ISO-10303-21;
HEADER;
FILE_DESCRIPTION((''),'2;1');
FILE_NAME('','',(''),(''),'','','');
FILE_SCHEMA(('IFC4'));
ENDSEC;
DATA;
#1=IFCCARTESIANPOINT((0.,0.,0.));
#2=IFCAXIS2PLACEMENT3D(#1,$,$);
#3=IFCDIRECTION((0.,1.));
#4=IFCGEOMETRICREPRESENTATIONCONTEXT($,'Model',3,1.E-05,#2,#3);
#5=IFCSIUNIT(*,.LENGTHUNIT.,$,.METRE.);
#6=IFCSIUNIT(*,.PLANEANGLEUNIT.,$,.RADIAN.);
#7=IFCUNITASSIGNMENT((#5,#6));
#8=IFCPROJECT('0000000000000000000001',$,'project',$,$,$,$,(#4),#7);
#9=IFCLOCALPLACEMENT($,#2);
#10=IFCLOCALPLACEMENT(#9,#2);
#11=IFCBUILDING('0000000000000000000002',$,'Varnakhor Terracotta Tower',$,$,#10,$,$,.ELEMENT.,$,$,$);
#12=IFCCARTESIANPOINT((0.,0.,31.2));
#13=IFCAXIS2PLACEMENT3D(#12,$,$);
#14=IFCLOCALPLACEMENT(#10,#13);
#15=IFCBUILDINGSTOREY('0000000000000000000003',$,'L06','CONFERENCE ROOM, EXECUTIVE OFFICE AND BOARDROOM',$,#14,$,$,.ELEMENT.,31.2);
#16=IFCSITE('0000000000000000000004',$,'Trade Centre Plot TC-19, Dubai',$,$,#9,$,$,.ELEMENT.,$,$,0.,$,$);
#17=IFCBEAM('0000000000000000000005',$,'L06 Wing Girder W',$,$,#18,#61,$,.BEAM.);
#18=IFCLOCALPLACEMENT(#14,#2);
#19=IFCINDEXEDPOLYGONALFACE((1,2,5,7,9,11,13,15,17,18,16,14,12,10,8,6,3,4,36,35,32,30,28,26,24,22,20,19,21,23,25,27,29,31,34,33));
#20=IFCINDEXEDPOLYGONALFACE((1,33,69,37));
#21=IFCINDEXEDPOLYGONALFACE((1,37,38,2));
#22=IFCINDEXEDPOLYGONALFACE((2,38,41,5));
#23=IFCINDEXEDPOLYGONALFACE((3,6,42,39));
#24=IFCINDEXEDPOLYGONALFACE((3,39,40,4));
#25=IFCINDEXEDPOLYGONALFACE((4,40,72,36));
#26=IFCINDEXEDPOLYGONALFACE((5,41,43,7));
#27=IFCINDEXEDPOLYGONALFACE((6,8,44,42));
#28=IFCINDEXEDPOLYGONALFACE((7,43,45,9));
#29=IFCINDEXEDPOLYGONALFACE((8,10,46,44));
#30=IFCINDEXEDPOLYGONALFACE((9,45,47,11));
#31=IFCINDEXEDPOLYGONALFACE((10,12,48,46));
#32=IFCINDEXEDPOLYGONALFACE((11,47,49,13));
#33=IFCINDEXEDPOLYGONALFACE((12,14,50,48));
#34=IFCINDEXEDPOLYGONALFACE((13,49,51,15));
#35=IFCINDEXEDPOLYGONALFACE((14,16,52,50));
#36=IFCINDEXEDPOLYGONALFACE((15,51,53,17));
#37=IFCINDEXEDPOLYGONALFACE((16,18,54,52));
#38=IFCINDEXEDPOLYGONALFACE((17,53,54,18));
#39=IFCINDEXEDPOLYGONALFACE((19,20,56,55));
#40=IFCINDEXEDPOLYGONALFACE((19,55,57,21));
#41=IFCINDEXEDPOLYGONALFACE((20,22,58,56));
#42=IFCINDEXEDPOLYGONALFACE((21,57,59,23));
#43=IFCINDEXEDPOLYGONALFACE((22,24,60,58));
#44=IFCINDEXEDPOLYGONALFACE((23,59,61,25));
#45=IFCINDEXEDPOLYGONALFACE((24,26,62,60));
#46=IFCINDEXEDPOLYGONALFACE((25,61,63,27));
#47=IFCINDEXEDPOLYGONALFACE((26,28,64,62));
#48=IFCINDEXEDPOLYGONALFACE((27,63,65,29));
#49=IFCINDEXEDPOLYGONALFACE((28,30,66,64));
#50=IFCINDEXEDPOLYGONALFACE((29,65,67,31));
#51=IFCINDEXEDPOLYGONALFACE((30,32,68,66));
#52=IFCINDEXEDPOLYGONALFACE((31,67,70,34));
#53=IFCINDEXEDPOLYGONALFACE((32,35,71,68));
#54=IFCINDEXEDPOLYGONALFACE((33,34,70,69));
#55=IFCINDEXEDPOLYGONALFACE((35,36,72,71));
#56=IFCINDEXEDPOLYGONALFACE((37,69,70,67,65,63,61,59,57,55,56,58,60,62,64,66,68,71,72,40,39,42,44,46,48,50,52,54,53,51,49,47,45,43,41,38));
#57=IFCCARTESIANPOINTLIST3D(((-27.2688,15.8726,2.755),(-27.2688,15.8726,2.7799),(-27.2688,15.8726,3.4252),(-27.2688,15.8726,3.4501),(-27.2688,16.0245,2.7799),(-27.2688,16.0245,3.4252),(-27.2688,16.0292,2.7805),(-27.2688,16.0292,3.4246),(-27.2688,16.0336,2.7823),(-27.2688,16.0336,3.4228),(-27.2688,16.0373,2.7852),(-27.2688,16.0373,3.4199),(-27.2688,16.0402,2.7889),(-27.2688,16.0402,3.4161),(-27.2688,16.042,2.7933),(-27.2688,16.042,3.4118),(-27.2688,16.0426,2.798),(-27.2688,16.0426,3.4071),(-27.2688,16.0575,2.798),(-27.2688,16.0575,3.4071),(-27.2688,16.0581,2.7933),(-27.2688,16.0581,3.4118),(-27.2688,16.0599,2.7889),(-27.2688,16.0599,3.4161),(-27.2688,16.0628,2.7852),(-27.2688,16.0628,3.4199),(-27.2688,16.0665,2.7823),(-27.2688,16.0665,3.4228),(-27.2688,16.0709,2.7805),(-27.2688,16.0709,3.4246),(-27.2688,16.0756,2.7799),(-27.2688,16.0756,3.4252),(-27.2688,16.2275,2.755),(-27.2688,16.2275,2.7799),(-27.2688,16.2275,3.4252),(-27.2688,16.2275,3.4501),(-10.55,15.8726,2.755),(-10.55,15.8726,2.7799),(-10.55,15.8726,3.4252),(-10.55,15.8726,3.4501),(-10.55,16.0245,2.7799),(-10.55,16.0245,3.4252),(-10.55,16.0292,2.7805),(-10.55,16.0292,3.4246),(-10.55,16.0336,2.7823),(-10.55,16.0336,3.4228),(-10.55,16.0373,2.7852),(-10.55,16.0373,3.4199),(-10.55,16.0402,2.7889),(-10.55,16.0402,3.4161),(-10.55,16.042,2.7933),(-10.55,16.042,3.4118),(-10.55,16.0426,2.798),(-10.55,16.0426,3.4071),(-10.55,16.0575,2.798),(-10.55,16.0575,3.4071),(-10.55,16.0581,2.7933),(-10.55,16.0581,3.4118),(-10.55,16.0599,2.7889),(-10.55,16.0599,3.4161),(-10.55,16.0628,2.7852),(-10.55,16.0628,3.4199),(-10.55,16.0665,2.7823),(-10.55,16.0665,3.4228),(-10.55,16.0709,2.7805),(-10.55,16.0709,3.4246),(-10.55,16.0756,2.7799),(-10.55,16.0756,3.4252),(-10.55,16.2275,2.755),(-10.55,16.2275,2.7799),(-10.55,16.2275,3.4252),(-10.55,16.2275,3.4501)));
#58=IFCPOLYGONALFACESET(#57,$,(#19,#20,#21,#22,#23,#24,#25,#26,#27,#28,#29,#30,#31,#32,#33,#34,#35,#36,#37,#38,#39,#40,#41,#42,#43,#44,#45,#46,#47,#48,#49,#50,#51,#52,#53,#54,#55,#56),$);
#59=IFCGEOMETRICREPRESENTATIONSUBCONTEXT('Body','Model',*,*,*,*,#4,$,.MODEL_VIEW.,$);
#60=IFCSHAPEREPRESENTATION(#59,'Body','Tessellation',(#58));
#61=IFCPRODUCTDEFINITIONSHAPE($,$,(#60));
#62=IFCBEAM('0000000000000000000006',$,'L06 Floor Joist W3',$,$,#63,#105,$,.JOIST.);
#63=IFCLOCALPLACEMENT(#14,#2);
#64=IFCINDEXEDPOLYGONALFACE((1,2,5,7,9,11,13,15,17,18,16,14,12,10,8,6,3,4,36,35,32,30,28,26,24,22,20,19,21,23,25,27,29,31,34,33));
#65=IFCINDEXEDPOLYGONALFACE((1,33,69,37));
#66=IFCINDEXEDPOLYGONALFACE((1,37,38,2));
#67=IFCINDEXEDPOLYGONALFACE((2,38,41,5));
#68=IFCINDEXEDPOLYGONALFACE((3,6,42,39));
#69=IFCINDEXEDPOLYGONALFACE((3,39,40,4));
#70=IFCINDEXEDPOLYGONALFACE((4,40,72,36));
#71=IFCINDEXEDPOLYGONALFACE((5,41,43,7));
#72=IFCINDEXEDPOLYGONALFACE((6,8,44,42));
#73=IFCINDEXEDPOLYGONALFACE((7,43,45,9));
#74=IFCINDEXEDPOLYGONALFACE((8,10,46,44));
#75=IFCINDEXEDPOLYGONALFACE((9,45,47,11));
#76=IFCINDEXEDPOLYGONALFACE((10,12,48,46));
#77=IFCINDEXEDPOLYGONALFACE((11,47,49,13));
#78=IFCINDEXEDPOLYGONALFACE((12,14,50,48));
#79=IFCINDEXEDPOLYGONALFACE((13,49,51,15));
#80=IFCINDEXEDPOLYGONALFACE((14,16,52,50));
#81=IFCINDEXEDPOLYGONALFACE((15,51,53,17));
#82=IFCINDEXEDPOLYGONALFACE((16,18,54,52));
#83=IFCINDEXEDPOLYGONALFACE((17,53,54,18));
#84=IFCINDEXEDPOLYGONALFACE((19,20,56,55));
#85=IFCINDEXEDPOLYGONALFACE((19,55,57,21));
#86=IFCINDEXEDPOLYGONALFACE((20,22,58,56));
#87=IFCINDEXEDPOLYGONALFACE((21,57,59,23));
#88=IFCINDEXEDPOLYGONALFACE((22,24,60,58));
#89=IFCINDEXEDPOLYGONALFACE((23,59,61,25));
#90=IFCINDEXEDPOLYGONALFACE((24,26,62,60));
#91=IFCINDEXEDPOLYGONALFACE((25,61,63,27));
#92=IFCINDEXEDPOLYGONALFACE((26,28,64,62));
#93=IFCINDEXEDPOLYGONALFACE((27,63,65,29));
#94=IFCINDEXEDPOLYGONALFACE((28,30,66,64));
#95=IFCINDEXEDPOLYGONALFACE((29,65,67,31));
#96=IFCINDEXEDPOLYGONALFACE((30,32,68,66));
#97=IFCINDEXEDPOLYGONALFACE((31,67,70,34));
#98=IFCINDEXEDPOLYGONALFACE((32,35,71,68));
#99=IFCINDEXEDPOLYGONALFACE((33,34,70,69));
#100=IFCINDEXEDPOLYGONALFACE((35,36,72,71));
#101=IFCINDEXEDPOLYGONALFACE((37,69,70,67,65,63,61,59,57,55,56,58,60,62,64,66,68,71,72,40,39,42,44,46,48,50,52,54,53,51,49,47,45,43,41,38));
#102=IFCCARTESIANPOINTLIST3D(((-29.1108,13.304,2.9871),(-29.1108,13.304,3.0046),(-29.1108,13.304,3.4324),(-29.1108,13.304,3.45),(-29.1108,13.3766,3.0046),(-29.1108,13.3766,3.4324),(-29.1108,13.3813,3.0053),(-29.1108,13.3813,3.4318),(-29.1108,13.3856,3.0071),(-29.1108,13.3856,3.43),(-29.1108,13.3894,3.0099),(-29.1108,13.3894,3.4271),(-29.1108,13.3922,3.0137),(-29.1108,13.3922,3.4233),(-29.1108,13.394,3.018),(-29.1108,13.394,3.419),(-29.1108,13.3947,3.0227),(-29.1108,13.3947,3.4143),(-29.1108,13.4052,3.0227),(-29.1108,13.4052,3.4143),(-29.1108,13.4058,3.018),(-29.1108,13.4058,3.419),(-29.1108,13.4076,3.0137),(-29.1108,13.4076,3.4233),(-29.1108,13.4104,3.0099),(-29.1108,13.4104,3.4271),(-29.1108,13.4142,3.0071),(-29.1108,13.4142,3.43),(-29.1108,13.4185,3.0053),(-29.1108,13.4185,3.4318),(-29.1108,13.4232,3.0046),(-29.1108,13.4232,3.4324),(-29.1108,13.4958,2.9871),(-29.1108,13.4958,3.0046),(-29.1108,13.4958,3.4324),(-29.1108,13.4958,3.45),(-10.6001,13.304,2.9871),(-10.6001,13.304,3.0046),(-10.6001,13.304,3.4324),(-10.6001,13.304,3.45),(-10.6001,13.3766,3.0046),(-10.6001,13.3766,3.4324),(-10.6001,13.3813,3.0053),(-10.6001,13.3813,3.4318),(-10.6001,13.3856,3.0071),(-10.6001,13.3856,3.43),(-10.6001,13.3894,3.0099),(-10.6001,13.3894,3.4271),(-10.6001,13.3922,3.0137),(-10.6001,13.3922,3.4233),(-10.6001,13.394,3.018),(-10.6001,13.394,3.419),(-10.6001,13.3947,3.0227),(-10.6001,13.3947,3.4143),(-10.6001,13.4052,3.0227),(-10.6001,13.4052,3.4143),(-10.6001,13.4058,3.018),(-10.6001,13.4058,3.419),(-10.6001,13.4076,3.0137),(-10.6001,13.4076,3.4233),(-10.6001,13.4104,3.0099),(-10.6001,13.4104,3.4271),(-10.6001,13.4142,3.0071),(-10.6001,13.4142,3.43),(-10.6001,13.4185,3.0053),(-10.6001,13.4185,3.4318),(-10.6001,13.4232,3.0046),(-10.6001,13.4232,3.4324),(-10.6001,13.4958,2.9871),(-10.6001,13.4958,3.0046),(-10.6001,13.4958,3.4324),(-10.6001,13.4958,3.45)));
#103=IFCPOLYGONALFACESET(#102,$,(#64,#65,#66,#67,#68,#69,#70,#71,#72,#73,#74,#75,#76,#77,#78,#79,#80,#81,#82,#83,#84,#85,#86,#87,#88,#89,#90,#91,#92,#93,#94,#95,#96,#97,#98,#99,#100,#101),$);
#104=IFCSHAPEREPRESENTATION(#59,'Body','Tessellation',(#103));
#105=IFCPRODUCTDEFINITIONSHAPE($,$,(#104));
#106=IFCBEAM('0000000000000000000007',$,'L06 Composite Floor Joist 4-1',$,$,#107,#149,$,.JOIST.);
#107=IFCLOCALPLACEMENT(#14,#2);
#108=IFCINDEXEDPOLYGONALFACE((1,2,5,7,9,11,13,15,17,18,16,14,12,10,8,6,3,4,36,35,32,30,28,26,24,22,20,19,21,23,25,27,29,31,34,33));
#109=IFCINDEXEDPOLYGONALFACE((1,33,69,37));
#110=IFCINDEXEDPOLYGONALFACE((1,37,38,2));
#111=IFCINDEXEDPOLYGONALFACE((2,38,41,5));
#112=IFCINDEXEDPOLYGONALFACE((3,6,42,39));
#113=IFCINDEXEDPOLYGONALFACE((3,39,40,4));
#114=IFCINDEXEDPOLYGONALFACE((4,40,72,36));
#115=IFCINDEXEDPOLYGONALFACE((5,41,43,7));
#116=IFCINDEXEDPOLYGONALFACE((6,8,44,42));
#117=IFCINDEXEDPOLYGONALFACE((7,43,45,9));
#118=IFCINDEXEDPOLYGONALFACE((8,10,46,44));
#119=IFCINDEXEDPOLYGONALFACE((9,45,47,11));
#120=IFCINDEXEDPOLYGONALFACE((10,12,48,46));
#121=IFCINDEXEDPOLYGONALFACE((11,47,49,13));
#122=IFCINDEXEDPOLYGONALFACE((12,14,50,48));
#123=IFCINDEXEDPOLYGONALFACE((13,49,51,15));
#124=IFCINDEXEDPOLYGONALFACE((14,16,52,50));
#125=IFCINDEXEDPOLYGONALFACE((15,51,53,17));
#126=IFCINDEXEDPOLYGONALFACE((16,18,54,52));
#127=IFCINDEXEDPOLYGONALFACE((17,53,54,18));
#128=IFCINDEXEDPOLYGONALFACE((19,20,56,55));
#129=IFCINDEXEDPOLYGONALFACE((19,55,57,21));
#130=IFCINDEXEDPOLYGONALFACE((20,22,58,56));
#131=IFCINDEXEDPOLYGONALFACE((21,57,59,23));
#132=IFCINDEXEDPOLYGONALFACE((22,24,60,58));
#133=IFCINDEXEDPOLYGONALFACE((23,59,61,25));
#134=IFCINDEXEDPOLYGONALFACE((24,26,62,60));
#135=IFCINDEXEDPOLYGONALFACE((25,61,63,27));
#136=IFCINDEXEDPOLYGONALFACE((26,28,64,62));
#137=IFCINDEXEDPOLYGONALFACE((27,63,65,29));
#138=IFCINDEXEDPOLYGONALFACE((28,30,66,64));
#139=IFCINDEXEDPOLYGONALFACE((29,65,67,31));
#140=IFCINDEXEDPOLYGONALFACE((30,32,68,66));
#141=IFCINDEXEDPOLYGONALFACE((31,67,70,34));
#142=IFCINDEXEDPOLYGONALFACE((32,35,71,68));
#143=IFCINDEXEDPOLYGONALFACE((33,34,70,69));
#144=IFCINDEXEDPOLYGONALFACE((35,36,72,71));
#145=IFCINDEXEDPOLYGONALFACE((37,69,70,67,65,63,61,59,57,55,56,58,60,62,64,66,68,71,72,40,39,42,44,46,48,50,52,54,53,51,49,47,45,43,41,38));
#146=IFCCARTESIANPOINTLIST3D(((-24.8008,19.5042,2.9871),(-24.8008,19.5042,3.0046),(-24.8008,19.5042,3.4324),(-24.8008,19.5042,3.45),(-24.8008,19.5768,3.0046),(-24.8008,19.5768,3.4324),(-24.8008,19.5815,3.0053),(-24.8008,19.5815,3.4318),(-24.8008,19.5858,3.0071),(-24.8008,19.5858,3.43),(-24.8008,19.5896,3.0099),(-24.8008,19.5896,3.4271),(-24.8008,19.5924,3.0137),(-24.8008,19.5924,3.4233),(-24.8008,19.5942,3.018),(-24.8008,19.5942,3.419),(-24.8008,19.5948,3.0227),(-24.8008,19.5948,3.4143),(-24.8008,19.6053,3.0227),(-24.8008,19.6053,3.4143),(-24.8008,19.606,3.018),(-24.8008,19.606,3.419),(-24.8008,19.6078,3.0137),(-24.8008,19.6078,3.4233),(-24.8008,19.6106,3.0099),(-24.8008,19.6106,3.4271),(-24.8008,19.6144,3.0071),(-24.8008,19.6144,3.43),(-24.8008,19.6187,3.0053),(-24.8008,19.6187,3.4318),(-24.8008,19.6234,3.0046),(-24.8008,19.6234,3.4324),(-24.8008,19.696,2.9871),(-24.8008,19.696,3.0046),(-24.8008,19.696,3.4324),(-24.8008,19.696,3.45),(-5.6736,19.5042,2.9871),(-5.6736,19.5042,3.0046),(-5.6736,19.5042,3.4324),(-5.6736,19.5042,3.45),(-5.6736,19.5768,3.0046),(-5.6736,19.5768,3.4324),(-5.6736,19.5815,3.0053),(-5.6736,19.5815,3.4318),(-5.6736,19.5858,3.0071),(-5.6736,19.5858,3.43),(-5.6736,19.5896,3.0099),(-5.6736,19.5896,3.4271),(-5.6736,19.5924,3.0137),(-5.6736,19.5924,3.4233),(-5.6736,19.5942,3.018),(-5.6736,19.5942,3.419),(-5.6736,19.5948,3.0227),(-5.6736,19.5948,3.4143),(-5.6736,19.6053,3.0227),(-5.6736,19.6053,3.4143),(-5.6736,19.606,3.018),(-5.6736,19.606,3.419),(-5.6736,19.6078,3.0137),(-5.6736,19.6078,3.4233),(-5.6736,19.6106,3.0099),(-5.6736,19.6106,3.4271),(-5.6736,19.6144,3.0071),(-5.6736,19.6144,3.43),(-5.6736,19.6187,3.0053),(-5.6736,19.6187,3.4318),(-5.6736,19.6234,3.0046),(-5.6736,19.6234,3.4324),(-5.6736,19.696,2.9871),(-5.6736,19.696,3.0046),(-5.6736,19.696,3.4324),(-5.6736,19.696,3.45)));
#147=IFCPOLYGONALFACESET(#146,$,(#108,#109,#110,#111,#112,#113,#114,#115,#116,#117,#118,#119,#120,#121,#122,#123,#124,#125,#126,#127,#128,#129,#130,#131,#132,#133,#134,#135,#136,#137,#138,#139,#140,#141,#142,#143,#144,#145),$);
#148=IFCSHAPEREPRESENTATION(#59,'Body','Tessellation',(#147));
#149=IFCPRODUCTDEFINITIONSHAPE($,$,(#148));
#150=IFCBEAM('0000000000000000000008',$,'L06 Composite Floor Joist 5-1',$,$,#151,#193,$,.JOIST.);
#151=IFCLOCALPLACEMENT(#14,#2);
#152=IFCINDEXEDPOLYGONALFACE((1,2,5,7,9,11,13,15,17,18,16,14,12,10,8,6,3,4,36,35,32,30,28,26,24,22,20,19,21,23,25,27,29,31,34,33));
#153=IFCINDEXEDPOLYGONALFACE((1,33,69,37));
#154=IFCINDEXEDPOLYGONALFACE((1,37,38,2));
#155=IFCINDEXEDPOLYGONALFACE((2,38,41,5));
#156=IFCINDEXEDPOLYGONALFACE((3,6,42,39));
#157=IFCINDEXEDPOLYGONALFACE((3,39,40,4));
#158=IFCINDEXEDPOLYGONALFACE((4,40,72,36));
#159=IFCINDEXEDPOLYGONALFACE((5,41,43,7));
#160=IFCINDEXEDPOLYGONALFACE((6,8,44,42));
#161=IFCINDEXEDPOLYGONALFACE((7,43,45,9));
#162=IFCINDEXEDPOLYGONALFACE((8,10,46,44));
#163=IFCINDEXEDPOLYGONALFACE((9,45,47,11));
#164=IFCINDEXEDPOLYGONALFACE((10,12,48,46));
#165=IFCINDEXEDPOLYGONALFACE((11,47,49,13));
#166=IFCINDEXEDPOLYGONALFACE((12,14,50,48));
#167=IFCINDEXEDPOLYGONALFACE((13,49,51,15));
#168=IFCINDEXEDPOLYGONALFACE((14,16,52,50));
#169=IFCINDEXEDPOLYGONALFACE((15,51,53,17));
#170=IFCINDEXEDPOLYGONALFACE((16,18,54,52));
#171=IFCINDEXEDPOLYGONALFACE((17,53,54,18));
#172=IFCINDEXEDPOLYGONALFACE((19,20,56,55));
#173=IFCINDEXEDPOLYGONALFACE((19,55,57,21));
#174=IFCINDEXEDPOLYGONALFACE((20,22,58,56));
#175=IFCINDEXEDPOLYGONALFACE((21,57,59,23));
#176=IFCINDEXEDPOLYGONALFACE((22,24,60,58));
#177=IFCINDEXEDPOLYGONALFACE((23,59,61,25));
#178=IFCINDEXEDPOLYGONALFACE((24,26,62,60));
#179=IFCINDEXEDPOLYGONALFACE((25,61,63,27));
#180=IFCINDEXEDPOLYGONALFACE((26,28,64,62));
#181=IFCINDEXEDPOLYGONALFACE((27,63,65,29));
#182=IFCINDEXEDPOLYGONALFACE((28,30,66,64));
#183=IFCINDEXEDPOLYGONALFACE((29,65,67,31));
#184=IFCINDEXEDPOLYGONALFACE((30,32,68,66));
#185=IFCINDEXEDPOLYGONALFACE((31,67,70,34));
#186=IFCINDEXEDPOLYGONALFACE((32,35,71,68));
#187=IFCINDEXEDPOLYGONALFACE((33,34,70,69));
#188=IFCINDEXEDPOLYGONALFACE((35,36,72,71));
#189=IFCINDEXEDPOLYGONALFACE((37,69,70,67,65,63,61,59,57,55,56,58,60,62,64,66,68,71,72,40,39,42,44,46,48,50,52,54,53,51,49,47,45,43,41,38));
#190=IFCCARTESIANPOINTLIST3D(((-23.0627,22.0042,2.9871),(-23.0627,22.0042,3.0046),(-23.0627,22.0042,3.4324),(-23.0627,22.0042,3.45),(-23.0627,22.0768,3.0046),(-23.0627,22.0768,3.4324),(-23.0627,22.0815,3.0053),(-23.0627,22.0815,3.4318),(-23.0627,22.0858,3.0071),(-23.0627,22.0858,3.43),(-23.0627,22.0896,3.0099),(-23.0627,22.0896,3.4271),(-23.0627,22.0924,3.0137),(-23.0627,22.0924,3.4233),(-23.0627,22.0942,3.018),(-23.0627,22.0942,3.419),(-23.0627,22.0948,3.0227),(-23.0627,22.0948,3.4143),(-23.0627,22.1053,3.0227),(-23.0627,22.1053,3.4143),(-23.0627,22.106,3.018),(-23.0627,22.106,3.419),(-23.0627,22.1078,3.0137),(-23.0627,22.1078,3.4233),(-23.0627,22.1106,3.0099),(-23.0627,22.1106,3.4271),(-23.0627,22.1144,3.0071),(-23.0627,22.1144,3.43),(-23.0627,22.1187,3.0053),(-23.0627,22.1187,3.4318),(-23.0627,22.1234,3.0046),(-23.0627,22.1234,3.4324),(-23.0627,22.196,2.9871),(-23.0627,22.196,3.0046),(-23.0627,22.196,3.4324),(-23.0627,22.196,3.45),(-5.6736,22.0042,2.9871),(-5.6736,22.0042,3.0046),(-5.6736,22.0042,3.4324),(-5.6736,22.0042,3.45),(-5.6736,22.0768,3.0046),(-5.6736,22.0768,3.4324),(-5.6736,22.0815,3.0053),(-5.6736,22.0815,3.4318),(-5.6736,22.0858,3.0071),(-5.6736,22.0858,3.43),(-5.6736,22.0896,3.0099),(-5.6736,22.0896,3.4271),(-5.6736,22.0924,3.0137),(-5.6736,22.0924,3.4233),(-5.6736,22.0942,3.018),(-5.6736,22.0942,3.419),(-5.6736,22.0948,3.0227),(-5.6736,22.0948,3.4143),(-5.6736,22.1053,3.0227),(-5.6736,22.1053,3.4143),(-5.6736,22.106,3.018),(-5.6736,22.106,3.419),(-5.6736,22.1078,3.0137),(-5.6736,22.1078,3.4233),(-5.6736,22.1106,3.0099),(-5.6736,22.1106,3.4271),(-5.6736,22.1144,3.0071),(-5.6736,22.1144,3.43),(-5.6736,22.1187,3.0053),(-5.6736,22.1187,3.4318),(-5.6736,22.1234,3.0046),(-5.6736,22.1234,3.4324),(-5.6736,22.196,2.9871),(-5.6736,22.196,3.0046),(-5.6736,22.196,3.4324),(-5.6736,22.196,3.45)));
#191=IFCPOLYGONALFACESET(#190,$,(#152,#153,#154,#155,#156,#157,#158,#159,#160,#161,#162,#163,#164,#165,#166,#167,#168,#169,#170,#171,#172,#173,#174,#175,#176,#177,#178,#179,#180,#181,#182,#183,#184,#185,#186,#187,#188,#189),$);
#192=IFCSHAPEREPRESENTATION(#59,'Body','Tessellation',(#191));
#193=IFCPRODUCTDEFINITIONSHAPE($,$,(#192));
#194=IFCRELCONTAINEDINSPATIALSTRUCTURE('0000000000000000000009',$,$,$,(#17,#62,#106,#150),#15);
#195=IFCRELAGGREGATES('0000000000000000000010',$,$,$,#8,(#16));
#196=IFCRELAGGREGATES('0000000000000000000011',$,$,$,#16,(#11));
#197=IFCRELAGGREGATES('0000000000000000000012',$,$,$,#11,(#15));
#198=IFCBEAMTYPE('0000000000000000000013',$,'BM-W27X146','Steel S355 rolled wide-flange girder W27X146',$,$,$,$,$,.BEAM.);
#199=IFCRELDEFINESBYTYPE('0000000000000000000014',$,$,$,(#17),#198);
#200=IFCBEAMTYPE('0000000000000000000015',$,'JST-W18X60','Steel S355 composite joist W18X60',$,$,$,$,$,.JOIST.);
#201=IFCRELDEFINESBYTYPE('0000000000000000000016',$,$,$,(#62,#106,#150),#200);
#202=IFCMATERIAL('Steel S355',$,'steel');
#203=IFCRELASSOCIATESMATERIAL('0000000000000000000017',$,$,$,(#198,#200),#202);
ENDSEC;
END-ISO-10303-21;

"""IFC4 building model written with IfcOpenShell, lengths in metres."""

from ifc_helpers import new_model, si_unit, direction, frame, origin, origin_2d, place, context, subcontext, project, spatial, i_section, extrude, source, transform, mapped, material, material_profile, profile_set, type_object, element, save


model = new_model("IFC4")

# Units and contexts
model_context = context("Model", 3, precision=1e-05, world=origin(), true_north=direction((0.0, 1.0)))
body_context = subcontext(model_context, "Body", "Model", "MODEL_VIEW")
ifc_project = project(units=[si_unit("LENGTHUNIT", "METRE"), si_unit("PLANEANGLEUNIT", "RADIAN")], contexts=[model_context])

# Site, building, storey
site_placement = place(None, origin())
site = spatial("IfcSite", under=ifc_project, at=site_placement, Name="Trade Centre Plot TC-19, Dubai", CompositionType="ELEMENT", RefElevation=0.0)
building_placement = place(site_placement, origin())
building = spatial("IfcBuilding", under=site, at=building_placement, Name="Varnakhor Terracotta Tower", CompositionType="ELEMENT")
storey_placement = place(building_placement, frame((0.0, 0.0, 31.2)))
storey = spatial("IfcBuildingStorey", under=building, at=storey_placement, Name="L06", Description="CONFERENCE ROOM, EXECUTIVE OFFICE AND BOARDROOM", CompositionType="ELEMENT", Elevation=31.2)

# Beams
ifc_material_1 = material(Name="Steel S355", Category="steel")
ifc_material_profile_1 = material_profile(ifc_material_1, i_section(OverallWidth=0.355, OverallDepth=0.6951, WebThickness=0.0149, FlangeThickness=0.0249, FilletRadius=0.0181, at=origin_2d()), Name="W27X146")
ifc_profile_set_1 = profile_set([ifc_material_profile_1], Name="Steel S355")
beam_type_1 = type_object("IfcBeamType", Name="BM-W27X146", Description="Steel S355 rolled wide-flange girder W27X146", PredefinedType="BEAM", material=ifc_profile_set_1)
shared_shape_1 = source(origin(), body_context, "Body", "SweptSolid", [
    extrude(i_section(OverallWidth=0.355, OverallDepth=0.6951, WebThickness=0.0149, FlangeThickness=0.0249, FilletRadius=0.0181, at=origin_2d()), origin(), (0.0, 0.0, 1.0), 16.7188),
])
beam_1_placement = place(storey_placement, frame((-27.2688, 16.05, 3.1025), z_axis=(1.0, 0.0, 0.0), x_axis=(0.0, 1.0, 0.0)))
element("IfcBeam", 1, at=beam_1_placement, inside=storey, type_object=beam_type_1, Name="L06 Wing Girder W", PredefinedType="BEAM", context=body_context, shape_type="MappedRepresentation", body=[
    mapped(shared_shape_1, transform((0.0, 0.0, 0.0), scale=1.0)),
])
ifc_material_profile_2 = material_profile(ifc_material_1, i_section(OverallWidth=0.1919, OverallDepth=0.4629, WebThickness=0.0105, FlangeThickness=0.0176, FilletRadius=0.0181, at=origin_2d()), Name="W18X60")
ifc_profile_set_2 = profile_set([ifc_material_profile_2], Name="Steel S355")
beam_type_2 = type_object("IfcBeamType", Name="JST-W18X60", Description="Steel S355 composite joist W18X60", PredefinedType="JOIST", material=ifc_profile_set_2)
shared_shape_2 = source(origin(), body_context, "Body", "SweptSolid", [
    extrude(i_section(OverallWidth=0.1919, OverallDepth=0.4629, WebThickness=0.0105, FlangeThickness=0.0176, FilletRadius=0.0181, at=origin_2d()), origin(), (0.0, 0.0, 1.0), 18.5107),
])
beam_2_placement = place(storey_placement, frame((-29.1108, 13.3999, 3.2185), z_axis=(1.0, 0.0, 0.0), x_axis=(0.0, 1.0, 0.0)))
element("IfcBeam", 2, at=beam_2_placement, inside=storey, type_object=beam_type_2, Name="L06 Floor Joist W3", PredefinedType="JOIST", context=body_context, shape_type="MappedRepresentation", body=[
    mapped(shared_shape_2, transform((0.0, 0.0, 0.0), scale=1.0)),
])
shared_shape_3 = source(origin(), body_context, "Body", "SweptSolid", [
    extrude(i_section(OverallWidth=0.1919, OverallDepth=0.4629, WebThickness=0.0105, FlangeThickness=0.0176, FilletRadius=0.0181, at=origin_2d()), origin(), (0.0, 0.0, 1.0), 19.1272),
])
beam_3_placement = place(storey_placement, frame((-24.8008, 19.6001, 3.2185), z_axis=(1.0, 0.0, 0.0), x_axis=(0.0, 1.0, 0.0)))
element("IfcBeam", 3, at=beam_3_placement, inside=storey, type_object=beam_type_2, Name="L06 Composite Floor Joist 4-1", PredefinedType="JOIST", context=body_context, shape_type="MappedRepresentation", body=[
    mapped(shared_shape_3, transform((0.0, 0.0, 0.0), scale=1.0)),
])
shared_shape_4 = source(origin(), body_context, "Body", "SweptSolid", [
    extrude(i_section(OverallWidth=0.1919, OverallDepth=0.4629, WebThickness=0.0105, FlangeThickness=0.0176, FilletRadius=0.0181, at=origin_2d()), origin(), (0.0, 0.0, 1.0), 17.3892),
])
beam_4_placement = place(storey_placement, frame((-23.0627, 22.1001, 3.2185), z_axis=(1.0, 0.0, 0.0), x_axis=(0.0, 1.0, 0.0)))
element("IfcBeam", 4, at=beam_4_placement, inside=storey, type_object=beam_type_2, Name="L06 Composite Floor Joist 5-1", PredefinedType="JOIST", context=body_context, shape_type="MappedRepresentation", body=[
    mapped(shared_shape_4, transform((0.0, 0.0, 0.0), scale=1.0)),
])

save(model, "model.ifc")
